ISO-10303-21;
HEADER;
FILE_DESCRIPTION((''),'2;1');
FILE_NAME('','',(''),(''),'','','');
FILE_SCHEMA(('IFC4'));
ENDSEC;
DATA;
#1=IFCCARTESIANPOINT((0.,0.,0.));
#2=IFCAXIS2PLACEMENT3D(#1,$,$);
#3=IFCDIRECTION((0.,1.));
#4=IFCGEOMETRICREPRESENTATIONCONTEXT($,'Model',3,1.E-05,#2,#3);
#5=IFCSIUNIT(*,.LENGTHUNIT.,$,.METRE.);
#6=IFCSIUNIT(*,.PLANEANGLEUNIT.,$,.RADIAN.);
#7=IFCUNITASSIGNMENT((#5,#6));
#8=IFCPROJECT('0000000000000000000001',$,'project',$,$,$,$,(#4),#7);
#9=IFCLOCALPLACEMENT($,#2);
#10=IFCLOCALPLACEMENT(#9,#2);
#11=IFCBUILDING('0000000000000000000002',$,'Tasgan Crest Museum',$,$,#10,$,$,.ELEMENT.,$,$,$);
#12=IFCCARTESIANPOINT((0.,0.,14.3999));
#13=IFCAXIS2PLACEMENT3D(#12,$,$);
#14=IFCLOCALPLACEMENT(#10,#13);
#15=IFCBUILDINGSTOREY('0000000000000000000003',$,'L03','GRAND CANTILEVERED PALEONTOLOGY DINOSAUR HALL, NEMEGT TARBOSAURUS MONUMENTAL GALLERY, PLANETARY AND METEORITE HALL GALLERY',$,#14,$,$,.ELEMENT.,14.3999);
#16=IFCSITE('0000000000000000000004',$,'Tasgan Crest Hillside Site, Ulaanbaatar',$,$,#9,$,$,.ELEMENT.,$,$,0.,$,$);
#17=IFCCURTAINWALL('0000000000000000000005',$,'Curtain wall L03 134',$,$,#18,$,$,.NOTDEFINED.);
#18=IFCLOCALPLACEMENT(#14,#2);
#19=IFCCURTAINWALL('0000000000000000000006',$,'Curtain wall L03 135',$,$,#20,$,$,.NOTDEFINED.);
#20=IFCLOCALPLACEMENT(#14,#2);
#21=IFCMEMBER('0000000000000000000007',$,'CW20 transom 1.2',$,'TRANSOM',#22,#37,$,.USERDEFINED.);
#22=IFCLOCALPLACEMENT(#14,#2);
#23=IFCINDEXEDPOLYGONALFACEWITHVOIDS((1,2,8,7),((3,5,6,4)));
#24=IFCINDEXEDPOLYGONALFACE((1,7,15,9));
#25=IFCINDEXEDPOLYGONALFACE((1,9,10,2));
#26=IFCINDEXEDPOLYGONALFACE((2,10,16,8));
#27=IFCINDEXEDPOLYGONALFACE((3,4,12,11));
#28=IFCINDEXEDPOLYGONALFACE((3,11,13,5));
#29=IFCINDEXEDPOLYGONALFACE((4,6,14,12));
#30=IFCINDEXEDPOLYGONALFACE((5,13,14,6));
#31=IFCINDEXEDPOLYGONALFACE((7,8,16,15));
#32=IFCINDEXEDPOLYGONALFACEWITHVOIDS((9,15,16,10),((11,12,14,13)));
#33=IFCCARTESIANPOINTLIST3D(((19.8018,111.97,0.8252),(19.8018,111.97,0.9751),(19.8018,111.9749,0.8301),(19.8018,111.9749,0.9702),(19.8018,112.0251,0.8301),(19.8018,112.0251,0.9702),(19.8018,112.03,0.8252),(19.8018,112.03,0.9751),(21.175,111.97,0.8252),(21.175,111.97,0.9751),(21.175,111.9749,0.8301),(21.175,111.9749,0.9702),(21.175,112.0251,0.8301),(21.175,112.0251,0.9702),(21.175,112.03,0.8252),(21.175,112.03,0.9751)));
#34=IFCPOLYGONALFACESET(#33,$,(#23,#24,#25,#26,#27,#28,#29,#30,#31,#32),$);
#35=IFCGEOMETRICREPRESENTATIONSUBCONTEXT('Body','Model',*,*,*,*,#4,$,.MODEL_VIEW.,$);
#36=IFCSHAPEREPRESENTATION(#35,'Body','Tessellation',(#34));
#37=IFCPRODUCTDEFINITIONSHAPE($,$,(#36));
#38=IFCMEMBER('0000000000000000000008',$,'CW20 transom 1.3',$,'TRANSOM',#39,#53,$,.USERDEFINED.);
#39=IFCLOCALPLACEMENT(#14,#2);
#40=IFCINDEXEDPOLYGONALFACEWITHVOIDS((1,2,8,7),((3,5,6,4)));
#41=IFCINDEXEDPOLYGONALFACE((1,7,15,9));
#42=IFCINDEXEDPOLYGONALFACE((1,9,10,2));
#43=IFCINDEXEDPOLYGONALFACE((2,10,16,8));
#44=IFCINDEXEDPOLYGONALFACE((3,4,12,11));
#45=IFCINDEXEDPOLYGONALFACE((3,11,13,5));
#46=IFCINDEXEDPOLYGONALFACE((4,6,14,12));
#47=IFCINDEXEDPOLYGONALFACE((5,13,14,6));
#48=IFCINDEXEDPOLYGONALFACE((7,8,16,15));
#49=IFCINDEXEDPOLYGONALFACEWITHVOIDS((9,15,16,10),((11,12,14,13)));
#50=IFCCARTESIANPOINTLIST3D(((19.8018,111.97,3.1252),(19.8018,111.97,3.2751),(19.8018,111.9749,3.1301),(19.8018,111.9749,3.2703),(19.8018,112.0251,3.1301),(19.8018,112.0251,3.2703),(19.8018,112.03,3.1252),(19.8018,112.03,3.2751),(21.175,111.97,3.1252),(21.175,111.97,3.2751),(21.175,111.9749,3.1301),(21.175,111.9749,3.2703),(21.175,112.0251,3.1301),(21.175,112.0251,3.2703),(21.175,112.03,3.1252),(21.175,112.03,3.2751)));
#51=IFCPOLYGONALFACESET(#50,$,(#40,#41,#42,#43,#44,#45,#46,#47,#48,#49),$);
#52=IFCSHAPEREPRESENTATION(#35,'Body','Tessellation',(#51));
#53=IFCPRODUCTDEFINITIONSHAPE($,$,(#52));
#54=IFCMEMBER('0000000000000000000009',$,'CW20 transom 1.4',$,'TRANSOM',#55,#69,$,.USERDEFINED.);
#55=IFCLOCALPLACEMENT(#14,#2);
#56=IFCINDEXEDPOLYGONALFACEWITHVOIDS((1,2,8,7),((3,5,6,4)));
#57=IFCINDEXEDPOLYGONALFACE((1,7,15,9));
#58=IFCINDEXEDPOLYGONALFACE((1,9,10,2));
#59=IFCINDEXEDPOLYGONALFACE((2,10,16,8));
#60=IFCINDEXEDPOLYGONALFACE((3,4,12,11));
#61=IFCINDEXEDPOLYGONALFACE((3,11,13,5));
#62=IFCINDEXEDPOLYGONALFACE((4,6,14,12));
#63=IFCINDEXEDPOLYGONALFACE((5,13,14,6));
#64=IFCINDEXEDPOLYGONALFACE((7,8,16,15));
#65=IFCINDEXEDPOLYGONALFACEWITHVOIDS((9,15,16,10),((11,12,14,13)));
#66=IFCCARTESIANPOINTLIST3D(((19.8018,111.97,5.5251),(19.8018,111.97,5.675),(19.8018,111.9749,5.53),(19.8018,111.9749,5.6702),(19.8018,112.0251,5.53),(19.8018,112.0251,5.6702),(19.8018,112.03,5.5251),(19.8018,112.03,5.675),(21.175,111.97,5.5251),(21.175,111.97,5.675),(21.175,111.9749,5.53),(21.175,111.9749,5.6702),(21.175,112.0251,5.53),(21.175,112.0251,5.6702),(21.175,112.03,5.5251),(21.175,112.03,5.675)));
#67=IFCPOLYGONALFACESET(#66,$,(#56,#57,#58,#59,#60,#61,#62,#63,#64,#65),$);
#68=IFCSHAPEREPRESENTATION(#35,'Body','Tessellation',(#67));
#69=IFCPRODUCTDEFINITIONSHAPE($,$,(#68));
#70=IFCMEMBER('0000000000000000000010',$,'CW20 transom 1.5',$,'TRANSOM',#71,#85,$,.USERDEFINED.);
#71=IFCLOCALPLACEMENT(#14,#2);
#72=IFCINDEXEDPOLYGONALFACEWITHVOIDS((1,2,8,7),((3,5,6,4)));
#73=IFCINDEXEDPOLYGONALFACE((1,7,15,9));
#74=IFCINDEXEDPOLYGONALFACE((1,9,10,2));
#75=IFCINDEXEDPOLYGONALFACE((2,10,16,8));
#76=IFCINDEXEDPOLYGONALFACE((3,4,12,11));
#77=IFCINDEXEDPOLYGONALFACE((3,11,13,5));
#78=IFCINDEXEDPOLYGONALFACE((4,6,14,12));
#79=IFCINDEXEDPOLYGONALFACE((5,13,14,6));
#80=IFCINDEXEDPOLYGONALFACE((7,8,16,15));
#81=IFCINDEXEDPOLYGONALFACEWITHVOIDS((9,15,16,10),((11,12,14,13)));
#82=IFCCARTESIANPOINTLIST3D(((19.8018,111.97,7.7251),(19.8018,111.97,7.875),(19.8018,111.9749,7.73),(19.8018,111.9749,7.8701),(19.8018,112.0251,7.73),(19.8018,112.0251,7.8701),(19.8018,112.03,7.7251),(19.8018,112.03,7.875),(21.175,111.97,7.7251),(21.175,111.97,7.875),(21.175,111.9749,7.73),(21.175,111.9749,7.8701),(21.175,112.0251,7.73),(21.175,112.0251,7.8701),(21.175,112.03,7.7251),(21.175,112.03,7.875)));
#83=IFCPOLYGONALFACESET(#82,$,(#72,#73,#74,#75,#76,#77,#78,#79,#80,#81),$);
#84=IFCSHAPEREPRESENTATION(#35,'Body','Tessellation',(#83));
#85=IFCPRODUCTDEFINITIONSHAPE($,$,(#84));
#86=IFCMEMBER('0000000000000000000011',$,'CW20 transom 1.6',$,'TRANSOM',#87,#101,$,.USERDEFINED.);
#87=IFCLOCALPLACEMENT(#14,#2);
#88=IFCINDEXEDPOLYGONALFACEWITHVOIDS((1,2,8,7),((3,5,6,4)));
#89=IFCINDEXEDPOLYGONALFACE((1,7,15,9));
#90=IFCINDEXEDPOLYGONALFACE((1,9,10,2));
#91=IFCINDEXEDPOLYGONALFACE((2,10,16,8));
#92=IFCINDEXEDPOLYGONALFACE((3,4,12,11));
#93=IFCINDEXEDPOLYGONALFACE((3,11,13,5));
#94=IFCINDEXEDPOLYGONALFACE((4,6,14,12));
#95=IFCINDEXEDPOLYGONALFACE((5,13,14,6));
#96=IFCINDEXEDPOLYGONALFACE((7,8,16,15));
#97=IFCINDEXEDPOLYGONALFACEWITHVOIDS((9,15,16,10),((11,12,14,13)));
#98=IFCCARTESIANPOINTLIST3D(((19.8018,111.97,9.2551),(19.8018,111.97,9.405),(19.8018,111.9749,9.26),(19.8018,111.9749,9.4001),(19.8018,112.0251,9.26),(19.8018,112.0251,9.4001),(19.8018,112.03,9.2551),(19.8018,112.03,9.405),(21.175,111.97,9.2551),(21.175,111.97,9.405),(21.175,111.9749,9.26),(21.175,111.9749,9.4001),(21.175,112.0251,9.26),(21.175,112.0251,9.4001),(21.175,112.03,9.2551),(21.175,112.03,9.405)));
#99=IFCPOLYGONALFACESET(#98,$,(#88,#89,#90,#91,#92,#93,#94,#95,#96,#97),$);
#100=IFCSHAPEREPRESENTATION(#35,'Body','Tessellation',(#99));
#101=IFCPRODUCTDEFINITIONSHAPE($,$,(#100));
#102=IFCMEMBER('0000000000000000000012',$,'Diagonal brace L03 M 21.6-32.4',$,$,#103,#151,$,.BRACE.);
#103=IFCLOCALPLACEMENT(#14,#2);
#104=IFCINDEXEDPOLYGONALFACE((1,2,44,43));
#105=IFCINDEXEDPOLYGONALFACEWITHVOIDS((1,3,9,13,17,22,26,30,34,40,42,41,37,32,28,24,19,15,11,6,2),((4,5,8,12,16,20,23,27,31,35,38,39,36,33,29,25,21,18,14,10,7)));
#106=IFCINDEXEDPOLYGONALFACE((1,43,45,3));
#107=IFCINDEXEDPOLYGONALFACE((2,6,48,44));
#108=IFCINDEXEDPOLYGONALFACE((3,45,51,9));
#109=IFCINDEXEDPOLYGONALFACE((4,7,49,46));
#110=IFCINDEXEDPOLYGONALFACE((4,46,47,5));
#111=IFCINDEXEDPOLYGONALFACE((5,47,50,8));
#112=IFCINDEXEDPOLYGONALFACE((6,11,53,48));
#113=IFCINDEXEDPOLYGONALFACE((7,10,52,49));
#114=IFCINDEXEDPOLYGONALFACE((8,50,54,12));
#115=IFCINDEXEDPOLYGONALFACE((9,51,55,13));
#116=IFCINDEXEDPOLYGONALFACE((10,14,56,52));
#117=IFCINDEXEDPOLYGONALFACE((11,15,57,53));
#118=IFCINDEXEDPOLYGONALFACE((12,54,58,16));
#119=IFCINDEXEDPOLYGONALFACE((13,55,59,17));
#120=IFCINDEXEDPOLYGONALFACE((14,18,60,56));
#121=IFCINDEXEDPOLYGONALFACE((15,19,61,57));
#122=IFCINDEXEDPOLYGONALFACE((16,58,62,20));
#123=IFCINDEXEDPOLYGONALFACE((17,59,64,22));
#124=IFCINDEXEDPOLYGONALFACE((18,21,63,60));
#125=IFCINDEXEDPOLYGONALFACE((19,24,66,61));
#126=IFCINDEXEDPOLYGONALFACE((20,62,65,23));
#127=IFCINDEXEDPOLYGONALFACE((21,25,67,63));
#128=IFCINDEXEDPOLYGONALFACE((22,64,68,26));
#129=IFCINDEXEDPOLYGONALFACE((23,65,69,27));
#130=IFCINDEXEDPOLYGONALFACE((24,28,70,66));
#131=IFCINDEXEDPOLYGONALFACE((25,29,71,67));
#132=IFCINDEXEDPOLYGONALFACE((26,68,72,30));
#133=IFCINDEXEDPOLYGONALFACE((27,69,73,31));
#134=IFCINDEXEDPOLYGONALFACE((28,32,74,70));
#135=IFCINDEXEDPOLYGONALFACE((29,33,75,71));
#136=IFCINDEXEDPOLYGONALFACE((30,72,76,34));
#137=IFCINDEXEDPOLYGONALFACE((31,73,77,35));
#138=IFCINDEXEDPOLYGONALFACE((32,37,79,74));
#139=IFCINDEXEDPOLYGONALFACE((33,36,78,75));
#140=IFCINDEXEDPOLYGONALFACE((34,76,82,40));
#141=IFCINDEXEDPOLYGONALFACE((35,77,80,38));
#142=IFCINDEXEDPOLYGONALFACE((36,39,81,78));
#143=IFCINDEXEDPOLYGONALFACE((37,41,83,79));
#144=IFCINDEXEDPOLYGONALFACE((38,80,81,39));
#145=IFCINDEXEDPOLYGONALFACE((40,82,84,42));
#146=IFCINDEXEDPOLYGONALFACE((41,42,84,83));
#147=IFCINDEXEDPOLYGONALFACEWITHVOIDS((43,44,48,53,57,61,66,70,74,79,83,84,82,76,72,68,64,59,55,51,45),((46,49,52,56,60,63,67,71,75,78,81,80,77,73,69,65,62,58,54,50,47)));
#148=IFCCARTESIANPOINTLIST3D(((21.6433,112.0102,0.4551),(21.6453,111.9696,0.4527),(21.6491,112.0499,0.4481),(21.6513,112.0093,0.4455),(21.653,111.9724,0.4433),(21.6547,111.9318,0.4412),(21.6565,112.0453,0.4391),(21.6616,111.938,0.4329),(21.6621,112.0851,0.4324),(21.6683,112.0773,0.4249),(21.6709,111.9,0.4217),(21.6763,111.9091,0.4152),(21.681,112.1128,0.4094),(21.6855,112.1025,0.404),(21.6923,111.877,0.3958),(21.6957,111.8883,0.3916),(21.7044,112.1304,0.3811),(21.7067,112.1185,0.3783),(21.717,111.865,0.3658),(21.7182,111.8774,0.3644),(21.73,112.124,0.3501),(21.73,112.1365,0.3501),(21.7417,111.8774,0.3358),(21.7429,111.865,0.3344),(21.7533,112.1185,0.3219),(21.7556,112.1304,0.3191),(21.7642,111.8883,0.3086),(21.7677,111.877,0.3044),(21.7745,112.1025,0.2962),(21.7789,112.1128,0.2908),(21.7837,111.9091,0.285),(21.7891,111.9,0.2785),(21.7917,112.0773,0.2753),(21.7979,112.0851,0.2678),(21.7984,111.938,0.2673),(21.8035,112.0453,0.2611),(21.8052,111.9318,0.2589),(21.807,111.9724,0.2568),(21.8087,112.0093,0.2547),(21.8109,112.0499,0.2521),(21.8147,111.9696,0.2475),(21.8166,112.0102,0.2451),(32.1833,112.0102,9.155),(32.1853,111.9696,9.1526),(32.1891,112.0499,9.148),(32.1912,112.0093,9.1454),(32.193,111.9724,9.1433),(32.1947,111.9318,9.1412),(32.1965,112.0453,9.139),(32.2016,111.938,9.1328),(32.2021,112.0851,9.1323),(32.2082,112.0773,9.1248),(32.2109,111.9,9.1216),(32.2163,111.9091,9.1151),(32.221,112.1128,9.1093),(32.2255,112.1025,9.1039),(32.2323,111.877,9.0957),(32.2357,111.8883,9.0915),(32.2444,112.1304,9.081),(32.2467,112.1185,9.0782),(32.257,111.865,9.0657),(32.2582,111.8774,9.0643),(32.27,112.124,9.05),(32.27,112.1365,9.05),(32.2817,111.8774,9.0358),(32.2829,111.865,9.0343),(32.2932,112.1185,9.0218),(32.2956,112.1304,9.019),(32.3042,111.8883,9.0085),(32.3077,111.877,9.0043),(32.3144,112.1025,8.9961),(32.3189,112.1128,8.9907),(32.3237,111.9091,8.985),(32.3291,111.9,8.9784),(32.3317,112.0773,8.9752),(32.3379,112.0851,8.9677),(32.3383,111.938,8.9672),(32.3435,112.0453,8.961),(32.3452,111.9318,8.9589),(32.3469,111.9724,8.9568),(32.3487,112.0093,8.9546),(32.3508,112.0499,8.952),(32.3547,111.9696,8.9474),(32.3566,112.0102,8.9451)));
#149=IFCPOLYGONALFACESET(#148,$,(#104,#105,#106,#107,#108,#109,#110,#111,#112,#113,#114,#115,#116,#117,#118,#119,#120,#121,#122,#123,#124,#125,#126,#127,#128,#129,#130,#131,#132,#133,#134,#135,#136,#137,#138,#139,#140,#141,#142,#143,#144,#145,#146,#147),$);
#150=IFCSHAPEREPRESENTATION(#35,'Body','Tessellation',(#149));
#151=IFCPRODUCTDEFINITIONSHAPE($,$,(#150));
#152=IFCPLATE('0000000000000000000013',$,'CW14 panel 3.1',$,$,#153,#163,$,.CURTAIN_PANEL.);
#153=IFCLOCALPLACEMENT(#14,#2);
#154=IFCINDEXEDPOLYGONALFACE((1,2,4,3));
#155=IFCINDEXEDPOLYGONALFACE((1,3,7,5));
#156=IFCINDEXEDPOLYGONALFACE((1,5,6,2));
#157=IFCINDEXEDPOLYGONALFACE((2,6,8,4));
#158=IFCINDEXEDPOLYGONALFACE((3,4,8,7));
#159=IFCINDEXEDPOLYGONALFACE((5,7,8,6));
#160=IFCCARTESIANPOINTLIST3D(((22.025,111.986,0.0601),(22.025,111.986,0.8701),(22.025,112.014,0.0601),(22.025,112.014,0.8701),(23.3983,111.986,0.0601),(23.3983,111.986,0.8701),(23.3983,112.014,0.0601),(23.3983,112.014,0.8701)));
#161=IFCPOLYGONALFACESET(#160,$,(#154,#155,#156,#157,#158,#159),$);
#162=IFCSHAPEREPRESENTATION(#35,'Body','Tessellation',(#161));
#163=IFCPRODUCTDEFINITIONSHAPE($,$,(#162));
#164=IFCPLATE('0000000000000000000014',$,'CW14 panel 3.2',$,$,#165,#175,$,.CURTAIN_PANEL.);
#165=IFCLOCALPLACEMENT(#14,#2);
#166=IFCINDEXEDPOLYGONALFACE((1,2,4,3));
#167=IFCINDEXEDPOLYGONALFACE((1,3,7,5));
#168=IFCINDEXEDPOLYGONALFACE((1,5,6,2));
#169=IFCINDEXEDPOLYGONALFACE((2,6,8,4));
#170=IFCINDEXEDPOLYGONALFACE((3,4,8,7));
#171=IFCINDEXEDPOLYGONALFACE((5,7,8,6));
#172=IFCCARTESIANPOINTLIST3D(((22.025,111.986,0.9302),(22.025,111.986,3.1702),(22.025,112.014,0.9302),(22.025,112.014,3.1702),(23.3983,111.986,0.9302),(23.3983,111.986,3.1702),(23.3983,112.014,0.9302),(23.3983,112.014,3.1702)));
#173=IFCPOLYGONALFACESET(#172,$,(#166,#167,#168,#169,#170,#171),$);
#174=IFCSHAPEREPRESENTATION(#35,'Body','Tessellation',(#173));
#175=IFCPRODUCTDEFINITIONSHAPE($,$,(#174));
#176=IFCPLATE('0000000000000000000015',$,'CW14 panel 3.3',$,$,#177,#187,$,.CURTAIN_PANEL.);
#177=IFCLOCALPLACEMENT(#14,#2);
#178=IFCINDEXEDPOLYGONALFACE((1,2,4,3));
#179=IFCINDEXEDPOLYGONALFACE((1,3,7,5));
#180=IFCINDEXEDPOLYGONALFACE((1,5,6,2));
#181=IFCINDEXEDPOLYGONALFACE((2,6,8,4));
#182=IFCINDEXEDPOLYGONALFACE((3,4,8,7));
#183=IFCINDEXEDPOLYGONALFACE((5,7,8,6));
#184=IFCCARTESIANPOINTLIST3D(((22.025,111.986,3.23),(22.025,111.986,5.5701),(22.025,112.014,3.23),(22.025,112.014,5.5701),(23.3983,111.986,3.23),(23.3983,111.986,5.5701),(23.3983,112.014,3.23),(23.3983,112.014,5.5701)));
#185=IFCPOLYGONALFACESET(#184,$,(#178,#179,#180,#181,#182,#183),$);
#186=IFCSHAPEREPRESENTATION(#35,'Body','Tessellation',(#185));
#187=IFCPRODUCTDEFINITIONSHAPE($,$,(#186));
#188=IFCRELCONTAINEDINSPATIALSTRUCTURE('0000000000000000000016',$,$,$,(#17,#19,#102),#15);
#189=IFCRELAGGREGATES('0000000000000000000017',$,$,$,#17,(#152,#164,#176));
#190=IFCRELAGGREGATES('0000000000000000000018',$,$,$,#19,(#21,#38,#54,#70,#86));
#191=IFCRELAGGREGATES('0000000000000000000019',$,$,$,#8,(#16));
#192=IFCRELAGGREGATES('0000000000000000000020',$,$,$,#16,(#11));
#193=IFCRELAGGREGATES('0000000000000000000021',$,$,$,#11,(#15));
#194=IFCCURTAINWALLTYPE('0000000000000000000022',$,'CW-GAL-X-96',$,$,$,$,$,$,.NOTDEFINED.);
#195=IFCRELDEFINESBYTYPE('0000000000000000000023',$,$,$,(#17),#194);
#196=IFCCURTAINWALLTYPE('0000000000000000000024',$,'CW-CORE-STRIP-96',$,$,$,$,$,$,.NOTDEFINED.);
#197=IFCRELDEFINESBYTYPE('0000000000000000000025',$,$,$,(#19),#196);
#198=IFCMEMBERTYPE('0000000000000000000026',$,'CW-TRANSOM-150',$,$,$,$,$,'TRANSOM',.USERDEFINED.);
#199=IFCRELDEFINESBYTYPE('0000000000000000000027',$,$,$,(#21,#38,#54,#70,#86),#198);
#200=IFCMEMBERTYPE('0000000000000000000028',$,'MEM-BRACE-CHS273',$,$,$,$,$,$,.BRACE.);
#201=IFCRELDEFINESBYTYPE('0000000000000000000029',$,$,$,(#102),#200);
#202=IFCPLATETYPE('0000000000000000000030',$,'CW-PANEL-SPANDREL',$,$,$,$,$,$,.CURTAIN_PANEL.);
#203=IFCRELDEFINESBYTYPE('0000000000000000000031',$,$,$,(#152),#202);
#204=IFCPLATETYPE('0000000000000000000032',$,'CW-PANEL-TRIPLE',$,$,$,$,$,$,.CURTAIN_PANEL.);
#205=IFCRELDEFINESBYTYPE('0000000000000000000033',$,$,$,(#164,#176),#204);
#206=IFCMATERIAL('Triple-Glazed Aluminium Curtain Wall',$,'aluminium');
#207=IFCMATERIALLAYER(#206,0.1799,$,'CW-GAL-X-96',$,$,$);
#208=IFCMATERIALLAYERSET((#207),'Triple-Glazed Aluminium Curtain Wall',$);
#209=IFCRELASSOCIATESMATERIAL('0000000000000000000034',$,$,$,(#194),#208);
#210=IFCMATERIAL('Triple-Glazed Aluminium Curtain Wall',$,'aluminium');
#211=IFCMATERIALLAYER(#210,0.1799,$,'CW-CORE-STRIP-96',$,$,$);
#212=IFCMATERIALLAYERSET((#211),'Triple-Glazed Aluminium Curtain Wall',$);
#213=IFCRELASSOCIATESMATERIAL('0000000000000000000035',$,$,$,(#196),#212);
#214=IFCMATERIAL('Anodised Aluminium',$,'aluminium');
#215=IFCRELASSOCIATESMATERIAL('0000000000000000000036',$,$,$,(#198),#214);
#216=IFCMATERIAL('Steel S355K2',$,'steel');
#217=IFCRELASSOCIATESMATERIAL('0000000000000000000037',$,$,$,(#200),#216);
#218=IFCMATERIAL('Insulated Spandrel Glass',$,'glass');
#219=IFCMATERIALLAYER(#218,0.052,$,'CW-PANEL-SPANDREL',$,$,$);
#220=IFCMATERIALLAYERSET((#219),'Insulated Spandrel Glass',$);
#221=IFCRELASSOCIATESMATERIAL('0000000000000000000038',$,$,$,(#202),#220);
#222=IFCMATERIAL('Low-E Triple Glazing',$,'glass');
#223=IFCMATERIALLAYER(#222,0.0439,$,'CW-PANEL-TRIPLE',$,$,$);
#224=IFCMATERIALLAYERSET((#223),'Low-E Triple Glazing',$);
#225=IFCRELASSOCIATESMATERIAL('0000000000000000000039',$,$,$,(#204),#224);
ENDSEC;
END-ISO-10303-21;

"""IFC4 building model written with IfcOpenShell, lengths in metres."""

from ifc_helpers import new_model, si_unit, direction, frame, origin, origin_2d, place, context, subcontext, project, spatial, rectangle, hollow_rectangle, hollow_circle, extrude, material, layer, layer_set, material_profile, profile_set, type_object, element, aggregate, save


model = new_model("IFC4")

# Units and contexts
model_context = context("Model", 3, precision=1e-05, world=origin(), true_north=direction((0.0, 1.0)))
body_context = subcontext(model_context, "Body", "Model", "MODEL_VIEW")
ifc_project = project(units=[si_unit("LENGTHUNIT", "METRE"), si_unit("PLANEANGLEUNIT", "RADIAN")], contexts=[model_context])

# Site, building, storey
site_placement = place(None, origin())
site = spatial("IfcSite", under=ifc_project, at=site_placement, Name="Tasgan Crest Hillside Site, Ulaanbaatar", CompositionType="ELEMENT", RefElevation=0.0)
building_placement = place(site_placement, origin())
building = spatial("IfcBuilding", under=site, at=building_placement, Name="Tasgan Crest Museum", CompositionType="ELEMENT")
storey_placement = place(building_placement, frame((0.0, 0.0, 14.3999)))
storey = spatial("IfcBuildingStorey", under=building, at=storey_placement, Name="L03", Description="GRAND CANTILEVERED PALEONTOLOGY DINOSAUR HALL, NEMEGT TARBOSAURUS MONUMENTAL GALLERY, PLANETARY AND METEORITE HALL GALLERY", CompositionType="ELEMENT", Elevation=14.3999)

# Curtain walls
ifc_material_1 = material(Name="Triple-Glazed Aluminium Curtain Wall", Category="aluminium")
ifc_layer_1 = layer(ifc_material_1, 0.1799, Name="CW-GAL-X-96")
ifc_layer_set_1 = layer_set([ifc_layer_1], Name="Triple-Glazed Aluminium Curtain Wall")
curtain_wall_type_1 = type_object("IfcCurtainWallType", Name="CW-GAL-X-96", PredefinedType="NOTDEFINED", material=ifc_layer_set_1)
curtain_wall_1_placement = place(storey_placement, origin())
curtain_wall_1 = element("IfcCurtainWall", 1, at=curtain_wall_1_placement, inside=storey, type_object=curtain_wall_type_1, Name="Curtain wall L03 134", PredefinedType="NOTDEFINED")
ifc_material_2 = material(Name="Triple-Glazed Aluminium Curtain Wall", Category="aluminium")
ifc_layer_2 = layer(ifc_material_2, 0.1799, Name="CW-CORE-STRIP-96")
ifc_layer_set_2 = layer_set([ifc_layer_2], Name="Triple-Glazed Aluminium Curtain Wall")
curtain_wall_type_2 = type_object("IfcCurtainWallType", Name="CW-CORE-STRIP-96", PredefinedType="NOTDEFINED", material=ifc_layer_set_2)
curtain_wall_2_placement = place(storey_placement, origin())
curtain_wall_2 = element("IfcCurtainWall", 2, at=curtain_wall_2_placement, inside=storey, type_object=curtain_wall_type_2, Name="Curtain wall L03 135", PredefinedType="NOTDEFINED")

# Members
ifc_material_3 = material(Name="Anodised Aluminium", Category="aluminium")
ifc_material_profile_1 = material_profile(ifc_material_3, hollow_rectangle(XDim=0.0601, YDim=0.1499, WallThickness=0.0049, at=origin_2d()), Name="ALU TRANSOM 150x60x5")
ifc_profile_set_1 = profile_set([ifc_material_profile_1], Name="Anodised Aluminium")
member_type_1 = type_object("IfcMemberType", Name="CW-TRANSOM-150", ElementType="TRANSOM", PredefinedType="USERDEFINED", material=ifc_profile_set_1)
member_1_placement = place(storey_placement, frame((21.175, 112.0, 0.9001), z_axis=(-1.0, 0.0, 0.0), x_axis=(0.0, -1.0, 0.0)))
member_1 = element("IfcMember", 3, at=member_1_placement, type_object=member_type_1, Name="CW20 transom 1.2", ObjectType="TRANSOM", PredefinedType="USERDEFINED", context=body_context, shape_type="SweptSolid", body=[
    extrude(hollow_rectangle(XDim=0.0601, YDim=0.1499, WallThickness=0.0049, at=origin_2d()), origin(), (0.0, 0.0, 1.0), 1.3733),
])
member_2_placement = place(storey_placement, frame((21.175, 112.0, 3.2002), z_axis=(-1.0, 0.0, 0.0), x_axis=(0.0, -1.0, 0.0)))
member_2 = element("IfcMember", 4, at=member_2_placement, type_object=member_type_1, Name="CW20 transom 1.3", ObjectType="TRANSOM", PredefinedType="USERDEFINED", context=body_context, shape_type="SweptSolid", body=[
    extrude(hollow_rectangle(XDim=0.0601, YDim=0.1499, WallThickness=0.0049, at=origin_2d()), origin(), (0.0, 0.0, 1.0), 1.3733),
])
member_3_placement = place(storey_placement, frame((21.175, 112.0, 5.6001), z_axis=(-1.0, 0.0, 0.0), x_axis=(0.0, -1.0, 0.0)))
member_3 = element("IfcMember", 5, at=member_3_placement, type_object=member_type_1, Name="CW20 transom 1.4", ObjectType="TRANSOM", PredefinedType="USERDEFINED", context=body_context, shape_type="SweptSolid", body=[
    extrude(hollow_rectangle(XDim=0.0601, YDim=0.1499, WallThickness=0.0049, at=origin_2d()), origin(), (0.0, 0.0, 1.0), 1.3733),
])
member_4_placement = place(storey_placement, frame((21.175, 112.0, 7.8), z_axis=(-1.0, 0.0, 0.0), x_axis=(0.0, -1.0, 0.0)))
member_4 = element("IfcMember", 6, at=member_4_placement, type_object=member_type_1, Name="CW20 transom 1.5", ObjectType="TRANSOM", PredefinedType="USERDEFINED", context=body_context, shape_type="SweptSolid", body=[
    extrude(hollow_rectangle(XDim=0.0601, YDim=0.1499, WallThickness=0.0049, at=origin_2d()), origin(), (0.0, 0.0, 1.0), 1.3733),
])
member_5_placement = place(storey_placement, frame((21.175, 112.0, 9.3301), z_axis=(-1.0, 0.0, 0.0), x_axis=(0.0, -1.0, 0.0)))
member_5 = element("IfcMember", 7, at=member_5_placement, type_object=member_type_1, Name="CW20 transom 1.6", ObjectType="TRANSOM", PredefinedType="USERDEFINED", context=body_context, shape_type="SweptSolid", body=[
    extrude(hollow_rectangle(XDim=0.0601, YDim=0.1499, WallThickness=0.0049, at=origin_2d()), origin(), (0.0, 0.0, 1.0), 1.3733),
])
ifc_material_4 = material(Name="Steel S355K2", Category="steel")
ifc_material_profile_2 = material_profile(ifc_material_4, hollow_circle(Radius=0.1365, WallThickness=0.0125, at=origin_2d()), Name="CHS 273x12.5")
ifc_profile_set_2 = profile_set([ifc_material_profile_2], Name="Steel S355K2")
member_type_2 = type_object("IfcMemberType", Name="MEM-BRACE-CHS273", PredefinedType="BRACE", material=ifc_profile_set_2)
member_6_placement = place(storey_placement, frame((21.73, 112.0, 0.3501), z_axis=(0.771215, 0.0, 0.636575), x_axis=(0.0, 1.0, 0.0)))
element("IfcMember", 8, at=member_6_placement, inside=storey, type_object=member_type_2, Name="Diagonal brace L03 M 21.6-32.4", PredefinedType="BRACE", context=body_context, shape_type="SweptSolid", body=[
    extrude(hollow_circle(Radius=0.1365, WallThickness=0.0125, at=origin_2d()), origin(), (0.0, 0.0, 1.0), 13.6667),
])

# Plates
ifc_material_5 = material(Name="Insulated Spandrel Glass", Category="glass")
ifc_layer_3 = layer(ifc_material_5, 0.052, Name="CW-PANEL-SPANDREL")
ifc_layer_set_3 = layer_set([ifc_layer_3], Name="Insulated Spandrel Glass")
plate_type_1 = type_object("IfcPlateType", Name="CW-PANEL-SPANDREL", PredefinedType="CURTAIN_PANEL", material=ifc_layer_set_3)
plate_1_placement = place(storey_placement, frame((22.7117, 112.0, 0.0601), z_axis=(0.0, 0.0, 1.0), x_axis=(-1.0, 0.0, 0.0)))
plate_1 = element("IfcPlate", 9, at=plate_1_placement, type_object=plate_type_1, Name="CW14 panel 3.1", PredefinedType="CURTAIN_PANEL", context=body_context, shape_type="SweptSolid", body=[
    extrude(rectangle(XDim=1.3733, YDim=0.0281, at=origin_2d()), origin(), (0.0, 0.0, 1.0), 0.8101),
])
ifc_material_6 = material(Name="Low-E Triple Glazing", Category="glass")
ifc_layer_4 = layer(ifc_material_6, 0.0439, Name="CW-PANEL-TRIPLE")
ifc_layer_set_4 = layer_set([ifc_layer_4], Name="Low-E Triple Glazing")
plate_type_2 = type_object("IfcPlateType", Name="CW-PANEL-TRIPLE", PredefinedType="CURTAIN_PANEL", material=ifc_layer_set_4)
plate_2_placement = place(storey_placement, frame((22.7117, 112.0, 0.9302), z_axis=(0.0, 0.0, 1.0), x_axis=(-1.0, 0.0, 0.0)))
plate_2 = element("IfcPlate", 10, at=plate_2_placement, type_object=plate_type_2, Name="CW14 panel 3.2", PredefinedType="CURTAIN_PANEL", context=body_context, shape_type="SweptSolid", body=[
    extrude(rectangle(XDim=1.3733, YDim=0.0281, at=origin_2d()), origin(), (0.0, 0.0, 1.0), 2.24),
])
plate_3_placement = place(storey_placement, frame((22.7117, 112.0, 3.23), z_axis=(0.0, 0.0, 1.0), x_axis=(-1.0, 0.0, 0.0)))
plate_3 = element("IfcPlate", 11, at=plate_3_placement, type_object=plate_type_2, Name="CW14 panel 3.3", PredefinedType="CURTAIN_PANEL", context=body_context, shape_type="SweptSolid", body=[
    extrude(rectangle(XDim=1.3733, YDim=0.0281, at=origin_2d()), origin(), (0.0, 0.0, 1.0), 2.3401),
])
aggregate(curtain_wall_1, [plate_1, plate_2, plate_3])
aggregate(curtain_wall_2, [member_1, member_2, member_3, member_4, member_5])

save(model, "model.ifc")
